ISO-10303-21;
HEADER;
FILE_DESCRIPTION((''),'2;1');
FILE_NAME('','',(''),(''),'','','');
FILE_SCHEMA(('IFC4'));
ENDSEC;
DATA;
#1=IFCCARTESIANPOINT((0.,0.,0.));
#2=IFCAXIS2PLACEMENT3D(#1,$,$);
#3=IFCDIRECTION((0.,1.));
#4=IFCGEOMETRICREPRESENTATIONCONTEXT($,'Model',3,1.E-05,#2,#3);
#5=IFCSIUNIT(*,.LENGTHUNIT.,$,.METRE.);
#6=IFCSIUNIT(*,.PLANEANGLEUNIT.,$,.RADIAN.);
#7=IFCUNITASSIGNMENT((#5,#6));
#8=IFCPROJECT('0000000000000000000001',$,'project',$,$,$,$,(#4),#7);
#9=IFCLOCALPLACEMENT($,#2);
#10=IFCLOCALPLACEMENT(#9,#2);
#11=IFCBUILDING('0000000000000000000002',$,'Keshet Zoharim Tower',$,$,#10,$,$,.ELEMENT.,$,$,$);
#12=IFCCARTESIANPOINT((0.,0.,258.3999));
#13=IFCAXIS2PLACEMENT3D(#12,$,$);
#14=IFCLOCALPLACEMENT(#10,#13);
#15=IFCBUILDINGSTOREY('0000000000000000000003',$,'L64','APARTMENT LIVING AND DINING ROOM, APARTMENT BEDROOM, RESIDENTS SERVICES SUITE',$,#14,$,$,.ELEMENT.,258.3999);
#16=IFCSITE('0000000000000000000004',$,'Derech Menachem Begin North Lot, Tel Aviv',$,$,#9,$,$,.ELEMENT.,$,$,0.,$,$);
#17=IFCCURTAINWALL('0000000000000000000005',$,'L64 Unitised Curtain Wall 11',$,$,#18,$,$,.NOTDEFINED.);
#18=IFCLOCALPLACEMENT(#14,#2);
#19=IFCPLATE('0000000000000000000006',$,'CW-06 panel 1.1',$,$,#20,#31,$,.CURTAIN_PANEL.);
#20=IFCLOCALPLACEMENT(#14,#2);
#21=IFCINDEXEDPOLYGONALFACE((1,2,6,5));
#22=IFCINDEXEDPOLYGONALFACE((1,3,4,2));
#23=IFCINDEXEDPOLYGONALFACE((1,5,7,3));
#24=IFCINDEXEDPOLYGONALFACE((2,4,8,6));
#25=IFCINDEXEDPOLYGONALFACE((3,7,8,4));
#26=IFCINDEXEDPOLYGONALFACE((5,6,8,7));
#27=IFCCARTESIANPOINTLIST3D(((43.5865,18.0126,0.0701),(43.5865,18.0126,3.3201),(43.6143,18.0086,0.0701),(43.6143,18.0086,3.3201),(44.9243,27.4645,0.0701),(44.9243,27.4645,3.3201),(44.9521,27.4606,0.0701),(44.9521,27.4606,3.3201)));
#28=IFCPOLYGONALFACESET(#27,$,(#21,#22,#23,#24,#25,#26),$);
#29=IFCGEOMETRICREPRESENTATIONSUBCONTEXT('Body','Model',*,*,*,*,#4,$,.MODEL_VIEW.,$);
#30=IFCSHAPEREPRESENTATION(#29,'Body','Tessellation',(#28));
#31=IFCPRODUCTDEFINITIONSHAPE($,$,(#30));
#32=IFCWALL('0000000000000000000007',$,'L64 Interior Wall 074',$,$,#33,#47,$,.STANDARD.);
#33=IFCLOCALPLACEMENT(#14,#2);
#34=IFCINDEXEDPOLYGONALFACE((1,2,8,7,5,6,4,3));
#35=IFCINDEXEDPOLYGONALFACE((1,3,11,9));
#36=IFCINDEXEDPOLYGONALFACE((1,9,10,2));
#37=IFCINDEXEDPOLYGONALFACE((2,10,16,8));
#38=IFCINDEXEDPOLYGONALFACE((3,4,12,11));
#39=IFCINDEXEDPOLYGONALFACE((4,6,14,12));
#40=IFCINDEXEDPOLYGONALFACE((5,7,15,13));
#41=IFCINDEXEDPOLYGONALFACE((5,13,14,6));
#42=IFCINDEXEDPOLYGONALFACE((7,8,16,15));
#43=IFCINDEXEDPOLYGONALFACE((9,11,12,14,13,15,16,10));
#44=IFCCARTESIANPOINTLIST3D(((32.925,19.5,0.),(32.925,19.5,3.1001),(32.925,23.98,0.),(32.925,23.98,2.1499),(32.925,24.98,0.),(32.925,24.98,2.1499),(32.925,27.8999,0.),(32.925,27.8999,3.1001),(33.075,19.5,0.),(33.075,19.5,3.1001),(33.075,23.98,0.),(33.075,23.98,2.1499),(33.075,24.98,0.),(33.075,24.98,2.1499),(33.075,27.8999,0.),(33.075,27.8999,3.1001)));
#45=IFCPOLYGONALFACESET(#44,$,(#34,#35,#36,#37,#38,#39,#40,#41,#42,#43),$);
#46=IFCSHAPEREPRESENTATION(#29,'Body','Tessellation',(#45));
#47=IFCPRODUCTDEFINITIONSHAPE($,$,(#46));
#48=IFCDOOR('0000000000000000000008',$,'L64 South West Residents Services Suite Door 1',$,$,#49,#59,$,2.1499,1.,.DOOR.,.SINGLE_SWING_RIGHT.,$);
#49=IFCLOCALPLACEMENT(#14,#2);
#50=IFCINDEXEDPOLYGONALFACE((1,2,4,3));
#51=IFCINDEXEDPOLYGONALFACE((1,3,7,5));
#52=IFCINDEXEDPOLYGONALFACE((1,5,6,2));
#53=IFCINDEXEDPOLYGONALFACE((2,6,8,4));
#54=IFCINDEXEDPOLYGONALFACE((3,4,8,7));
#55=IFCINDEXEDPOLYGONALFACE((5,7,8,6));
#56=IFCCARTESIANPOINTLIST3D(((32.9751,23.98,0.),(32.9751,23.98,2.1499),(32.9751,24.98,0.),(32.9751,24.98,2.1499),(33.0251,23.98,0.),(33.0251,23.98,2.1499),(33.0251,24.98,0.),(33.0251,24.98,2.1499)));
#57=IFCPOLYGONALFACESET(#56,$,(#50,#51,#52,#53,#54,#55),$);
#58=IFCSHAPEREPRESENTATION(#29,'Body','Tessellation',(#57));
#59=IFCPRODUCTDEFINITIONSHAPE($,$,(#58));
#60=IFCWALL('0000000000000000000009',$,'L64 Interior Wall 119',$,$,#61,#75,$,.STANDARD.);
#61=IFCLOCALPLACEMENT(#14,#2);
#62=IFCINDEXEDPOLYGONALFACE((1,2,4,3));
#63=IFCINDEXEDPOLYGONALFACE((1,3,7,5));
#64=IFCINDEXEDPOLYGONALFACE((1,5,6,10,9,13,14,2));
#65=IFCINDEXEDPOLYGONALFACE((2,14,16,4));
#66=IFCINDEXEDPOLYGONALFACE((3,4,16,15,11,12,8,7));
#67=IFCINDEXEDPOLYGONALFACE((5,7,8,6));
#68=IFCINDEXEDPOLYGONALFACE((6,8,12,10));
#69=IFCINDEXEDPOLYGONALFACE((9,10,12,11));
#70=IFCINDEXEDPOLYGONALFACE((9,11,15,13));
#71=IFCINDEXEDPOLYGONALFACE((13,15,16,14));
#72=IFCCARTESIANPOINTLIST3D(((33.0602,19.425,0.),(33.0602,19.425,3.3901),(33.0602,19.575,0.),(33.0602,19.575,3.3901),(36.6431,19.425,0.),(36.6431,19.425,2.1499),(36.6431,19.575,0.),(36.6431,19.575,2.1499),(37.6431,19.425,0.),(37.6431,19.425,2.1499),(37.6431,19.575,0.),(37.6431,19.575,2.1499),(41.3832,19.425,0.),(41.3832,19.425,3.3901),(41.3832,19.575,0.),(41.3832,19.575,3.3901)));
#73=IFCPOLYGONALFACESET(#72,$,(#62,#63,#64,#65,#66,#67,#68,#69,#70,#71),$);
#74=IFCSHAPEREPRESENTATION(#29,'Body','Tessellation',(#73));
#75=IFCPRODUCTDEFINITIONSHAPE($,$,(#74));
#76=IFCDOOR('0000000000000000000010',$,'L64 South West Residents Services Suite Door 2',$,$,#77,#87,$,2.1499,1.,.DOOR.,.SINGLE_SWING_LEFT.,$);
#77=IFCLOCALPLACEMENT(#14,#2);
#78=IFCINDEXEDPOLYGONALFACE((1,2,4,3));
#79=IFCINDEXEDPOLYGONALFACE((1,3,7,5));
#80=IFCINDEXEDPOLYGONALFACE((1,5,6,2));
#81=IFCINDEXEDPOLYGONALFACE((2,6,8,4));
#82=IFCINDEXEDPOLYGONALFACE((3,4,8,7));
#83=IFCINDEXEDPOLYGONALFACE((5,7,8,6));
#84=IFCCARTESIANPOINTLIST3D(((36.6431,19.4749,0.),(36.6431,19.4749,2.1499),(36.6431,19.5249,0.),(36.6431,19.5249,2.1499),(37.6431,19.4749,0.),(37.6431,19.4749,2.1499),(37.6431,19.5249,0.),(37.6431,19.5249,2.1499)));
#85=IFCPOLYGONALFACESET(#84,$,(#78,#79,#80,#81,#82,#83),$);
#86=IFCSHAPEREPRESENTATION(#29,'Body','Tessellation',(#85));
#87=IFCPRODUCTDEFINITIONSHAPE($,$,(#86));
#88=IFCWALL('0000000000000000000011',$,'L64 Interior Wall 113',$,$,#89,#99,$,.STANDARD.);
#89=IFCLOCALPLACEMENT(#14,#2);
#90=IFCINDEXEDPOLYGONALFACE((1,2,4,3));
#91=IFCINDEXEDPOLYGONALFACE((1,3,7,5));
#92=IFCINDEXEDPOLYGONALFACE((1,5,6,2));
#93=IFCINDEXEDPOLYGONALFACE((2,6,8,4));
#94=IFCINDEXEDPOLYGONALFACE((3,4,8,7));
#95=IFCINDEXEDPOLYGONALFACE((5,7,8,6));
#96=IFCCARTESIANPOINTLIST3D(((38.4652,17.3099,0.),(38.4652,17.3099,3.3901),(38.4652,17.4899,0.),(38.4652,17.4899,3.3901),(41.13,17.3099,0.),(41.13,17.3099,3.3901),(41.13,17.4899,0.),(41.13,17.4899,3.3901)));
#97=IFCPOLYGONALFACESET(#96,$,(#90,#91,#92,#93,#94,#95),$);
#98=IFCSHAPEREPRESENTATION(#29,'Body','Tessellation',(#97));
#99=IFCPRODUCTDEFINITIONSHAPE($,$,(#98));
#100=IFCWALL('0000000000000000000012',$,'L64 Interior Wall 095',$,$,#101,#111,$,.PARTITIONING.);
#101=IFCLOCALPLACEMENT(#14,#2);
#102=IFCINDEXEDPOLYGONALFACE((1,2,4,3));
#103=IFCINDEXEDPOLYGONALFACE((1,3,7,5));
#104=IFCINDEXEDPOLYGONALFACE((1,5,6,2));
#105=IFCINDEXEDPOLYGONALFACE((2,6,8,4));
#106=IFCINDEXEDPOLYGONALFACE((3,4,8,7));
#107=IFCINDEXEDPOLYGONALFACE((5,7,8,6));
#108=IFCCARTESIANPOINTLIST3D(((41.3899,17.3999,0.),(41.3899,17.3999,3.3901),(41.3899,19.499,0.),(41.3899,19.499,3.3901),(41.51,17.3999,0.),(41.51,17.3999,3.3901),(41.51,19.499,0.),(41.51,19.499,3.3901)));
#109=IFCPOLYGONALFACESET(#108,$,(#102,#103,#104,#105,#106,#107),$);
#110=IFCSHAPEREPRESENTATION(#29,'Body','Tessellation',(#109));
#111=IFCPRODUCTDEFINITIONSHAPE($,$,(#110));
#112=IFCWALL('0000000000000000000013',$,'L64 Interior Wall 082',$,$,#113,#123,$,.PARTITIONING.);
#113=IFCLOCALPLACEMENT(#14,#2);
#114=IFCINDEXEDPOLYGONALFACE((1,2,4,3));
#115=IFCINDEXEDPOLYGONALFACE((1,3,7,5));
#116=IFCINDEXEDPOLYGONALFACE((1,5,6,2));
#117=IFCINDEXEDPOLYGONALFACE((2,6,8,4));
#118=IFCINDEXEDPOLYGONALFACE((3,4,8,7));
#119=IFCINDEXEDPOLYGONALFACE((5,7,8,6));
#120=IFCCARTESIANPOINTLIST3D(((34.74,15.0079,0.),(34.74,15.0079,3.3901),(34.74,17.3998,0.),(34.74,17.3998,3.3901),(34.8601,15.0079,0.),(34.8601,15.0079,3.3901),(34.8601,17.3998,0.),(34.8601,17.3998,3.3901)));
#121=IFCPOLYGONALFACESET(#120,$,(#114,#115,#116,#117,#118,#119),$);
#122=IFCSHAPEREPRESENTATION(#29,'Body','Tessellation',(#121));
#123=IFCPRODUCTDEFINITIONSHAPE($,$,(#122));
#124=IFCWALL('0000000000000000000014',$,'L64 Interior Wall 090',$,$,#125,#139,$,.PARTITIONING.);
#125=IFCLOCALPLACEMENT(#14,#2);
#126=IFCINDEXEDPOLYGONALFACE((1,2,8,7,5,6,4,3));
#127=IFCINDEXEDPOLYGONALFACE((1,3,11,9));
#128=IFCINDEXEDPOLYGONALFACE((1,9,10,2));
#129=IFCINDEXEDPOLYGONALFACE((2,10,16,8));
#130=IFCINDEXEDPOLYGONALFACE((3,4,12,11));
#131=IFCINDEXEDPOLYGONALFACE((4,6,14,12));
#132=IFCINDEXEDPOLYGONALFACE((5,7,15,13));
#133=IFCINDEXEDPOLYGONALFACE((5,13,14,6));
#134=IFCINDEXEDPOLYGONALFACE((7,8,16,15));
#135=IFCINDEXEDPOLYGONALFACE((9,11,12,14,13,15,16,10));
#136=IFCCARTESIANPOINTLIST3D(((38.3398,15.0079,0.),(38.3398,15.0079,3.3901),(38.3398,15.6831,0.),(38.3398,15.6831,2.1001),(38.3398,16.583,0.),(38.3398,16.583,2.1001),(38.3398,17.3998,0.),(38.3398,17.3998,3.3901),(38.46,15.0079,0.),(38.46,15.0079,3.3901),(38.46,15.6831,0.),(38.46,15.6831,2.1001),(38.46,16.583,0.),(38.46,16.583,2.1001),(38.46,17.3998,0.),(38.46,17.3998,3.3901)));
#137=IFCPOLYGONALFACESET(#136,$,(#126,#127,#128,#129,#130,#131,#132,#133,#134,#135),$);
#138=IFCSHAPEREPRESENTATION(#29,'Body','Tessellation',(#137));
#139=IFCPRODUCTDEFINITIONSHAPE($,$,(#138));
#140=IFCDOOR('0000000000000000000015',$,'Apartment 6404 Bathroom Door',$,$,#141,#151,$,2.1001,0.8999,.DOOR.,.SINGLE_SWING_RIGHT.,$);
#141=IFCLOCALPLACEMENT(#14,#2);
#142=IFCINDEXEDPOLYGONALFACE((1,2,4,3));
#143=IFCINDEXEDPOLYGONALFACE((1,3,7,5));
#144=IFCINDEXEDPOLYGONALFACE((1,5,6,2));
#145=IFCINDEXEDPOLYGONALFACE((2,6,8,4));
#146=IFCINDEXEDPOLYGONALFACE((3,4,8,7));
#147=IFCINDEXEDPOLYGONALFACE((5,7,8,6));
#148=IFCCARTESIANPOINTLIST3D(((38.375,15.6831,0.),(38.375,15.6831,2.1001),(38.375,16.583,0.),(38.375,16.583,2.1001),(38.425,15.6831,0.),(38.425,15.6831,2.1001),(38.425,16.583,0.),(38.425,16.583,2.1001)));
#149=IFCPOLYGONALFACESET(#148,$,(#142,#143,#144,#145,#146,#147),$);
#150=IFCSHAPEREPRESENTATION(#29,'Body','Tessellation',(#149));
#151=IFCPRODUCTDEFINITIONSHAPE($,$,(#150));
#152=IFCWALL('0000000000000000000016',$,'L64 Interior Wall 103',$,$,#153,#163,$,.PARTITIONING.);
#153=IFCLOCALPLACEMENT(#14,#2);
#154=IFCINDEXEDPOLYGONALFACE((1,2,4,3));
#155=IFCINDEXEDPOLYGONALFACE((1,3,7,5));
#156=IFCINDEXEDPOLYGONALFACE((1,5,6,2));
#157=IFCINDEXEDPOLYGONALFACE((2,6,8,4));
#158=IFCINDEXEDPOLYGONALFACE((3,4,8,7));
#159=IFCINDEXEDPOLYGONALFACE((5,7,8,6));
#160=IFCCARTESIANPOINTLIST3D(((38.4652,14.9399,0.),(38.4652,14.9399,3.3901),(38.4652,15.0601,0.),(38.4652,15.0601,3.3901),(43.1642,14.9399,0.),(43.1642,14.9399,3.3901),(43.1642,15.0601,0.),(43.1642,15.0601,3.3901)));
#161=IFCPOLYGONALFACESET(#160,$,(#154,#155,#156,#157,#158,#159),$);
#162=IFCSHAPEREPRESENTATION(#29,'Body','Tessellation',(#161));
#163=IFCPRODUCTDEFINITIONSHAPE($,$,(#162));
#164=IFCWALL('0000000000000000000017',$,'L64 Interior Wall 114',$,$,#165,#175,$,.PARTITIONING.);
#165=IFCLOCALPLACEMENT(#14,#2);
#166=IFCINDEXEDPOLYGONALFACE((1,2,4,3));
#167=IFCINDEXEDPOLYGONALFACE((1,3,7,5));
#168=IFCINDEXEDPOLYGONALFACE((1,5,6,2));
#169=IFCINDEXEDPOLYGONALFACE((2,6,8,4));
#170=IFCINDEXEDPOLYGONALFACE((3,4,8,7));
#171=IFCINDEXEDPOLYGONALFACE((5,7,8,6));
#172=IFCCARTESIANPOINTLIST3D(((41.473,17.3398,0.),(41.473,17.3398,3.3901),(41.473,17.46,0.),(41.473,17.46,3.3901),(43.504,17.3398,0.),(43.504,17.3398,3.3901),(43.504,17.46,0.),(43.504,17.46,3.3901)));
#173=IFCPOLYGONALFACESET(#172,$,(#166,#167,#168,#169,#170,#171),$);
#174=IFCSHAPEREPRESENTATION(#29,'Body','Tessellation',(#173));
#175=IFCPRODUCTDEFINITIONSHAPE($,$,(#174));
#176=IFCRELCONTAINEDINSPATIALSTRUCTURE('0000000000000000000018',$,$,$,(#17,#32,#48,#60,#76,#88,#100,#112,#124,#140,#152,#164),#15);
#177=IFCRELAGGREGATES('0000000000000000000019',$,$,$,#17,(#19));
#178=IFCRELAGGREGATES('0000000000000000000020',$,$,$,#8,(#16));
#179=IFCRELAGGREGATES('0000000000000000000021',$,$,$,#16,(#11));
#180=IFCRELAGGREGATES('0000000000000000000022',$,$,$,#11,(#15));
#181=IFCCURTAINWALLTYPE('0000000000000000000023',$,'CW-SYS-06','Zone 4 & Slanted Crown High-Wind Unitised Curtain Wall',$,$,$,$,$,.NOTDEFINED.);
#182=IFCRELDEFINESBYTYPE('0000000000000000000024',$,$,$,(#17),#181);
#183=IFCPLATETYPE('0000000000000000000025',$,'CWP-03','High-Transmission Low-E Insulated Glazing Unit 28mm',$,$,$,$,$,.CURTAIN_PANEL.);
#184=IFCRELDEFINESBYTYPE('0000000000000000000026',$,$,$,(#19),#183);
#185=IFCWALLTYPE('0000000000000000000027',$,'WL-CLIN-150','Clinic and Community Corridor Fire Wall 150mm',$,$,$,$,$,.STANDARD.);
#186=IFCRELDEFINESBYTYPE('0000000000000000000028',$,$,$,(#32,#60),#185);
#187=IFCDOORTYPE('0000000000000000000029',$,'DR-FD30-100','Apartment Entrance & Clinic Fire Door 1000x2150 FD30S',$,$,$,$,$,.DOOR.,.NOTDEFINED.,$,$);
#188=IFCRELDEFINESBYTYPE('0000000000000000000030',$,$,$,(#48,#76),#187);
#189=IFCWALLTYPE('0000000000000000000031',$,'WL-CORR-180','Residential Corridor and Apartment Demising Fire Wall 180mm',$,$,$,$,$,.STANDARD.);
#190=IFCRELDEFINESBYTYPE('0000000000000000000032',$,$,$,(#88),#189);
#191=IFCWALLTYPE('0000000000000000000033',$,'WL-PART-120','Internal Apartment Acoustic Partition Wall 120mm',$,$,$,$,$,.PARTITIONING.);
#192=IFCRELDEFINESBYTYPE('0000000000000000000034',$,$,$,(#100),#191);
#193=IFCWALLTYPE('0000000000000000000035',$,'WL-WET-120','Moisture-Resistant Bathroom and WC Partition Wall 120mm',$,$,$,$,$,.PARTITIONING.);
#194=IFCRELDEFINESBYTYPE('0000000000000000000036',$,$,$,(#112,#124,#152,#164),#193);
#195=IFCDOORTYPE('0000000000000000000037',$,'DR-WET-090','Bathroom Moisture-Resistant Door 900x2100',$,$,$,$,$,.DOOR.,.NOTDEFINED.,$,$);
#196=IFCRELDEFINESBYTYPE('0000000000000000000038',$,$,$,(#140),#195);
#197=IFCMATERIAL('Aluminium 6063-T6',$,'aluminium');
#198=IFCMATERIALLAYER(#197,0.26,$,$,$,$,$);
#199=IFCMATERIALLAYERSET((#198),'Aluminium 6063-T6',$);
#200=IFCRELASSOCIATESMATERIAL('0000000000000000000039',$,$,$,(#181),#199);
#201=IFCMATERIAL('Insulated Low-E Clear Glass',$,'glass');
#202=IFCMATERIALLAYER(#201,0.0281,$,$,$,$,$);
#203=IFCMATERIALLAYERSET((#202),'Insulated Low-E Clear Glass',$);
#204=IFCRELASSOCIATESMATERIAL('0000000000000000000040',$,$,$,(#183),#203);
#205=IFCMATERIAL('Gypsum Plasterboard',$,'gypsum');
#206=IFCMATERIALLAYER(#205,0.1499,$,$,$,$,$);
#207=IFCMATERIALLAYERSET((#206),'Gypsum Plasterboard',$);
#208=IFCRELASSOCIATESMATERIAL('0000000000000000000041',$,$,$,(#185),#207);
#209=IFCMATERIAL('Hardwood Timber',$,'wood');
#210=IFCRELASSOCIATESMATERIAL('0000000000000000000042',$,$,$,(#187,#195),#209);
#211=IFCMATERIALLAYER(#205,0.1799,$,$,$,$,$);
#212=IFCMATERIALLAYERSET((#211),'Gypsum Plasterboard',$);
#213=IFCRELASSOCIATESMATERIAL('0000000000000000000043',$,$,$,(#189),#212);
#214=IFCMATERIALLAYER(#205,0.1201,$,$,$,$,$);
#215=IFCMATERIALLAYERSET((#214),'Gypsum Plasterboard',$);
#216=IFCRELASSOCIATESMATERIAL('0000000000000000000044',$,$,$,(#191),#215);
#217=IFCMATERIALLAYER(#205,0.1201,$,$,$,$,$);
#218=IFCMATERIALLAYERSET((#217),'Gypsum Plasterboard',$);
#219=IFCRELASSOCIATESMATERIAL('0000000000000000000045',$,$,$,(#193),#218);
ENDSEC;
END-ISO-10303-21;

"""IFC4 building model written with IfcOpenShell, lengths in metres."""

from ifc_helpers import new_model, si_unit, direction, frame, frame_2d, origin, origin_2d, place, context, subcontext, project, spatial, rectangle, extrude, material, layer, layer_set, type_object, element, fill, aggregate, save


model = new_model("IFC4")

# Units and contexts
model_context = context("Model", 3, precision=1e-05, world=origin(), true_north=direction((0.0, 1.0)))
body_context = subcontext(model_context, "Body", "Model", "MODEL_VIEW")
ifc_project = project(units=[si_unit("LENGTHUNIT", "METRE"), si_unit("PLANEANGLEUNIT", "RADIAN")], contexts=[model_context])

# Site, building, storey
site_placement = place(None, origin())
site = spatial("IfcSite", under=ifc_project, at=site_placement, Name="Derech Menachem Begin North Lot, Tel Aviv", CompositionType="ELEMENT", RefElevation=0.0)
building_placement = place(site_placement, origin())
building = spatial("IfcBuilding", under=site, at=building_placement, Name="Keshet Zoharim Tower", CompositionType="ELEMENT")
storey_placement = place(building_placement, frame((0.0, 0.0, 258.3999)))
storey = spatial("IfcBuildingStorey", under=building, at=storey_placement, Name="L64", Description="APARTMENT LIVING AND DINING ROOM, APARTMENT BEDROOM, RESIDENTS SERVICES SUITE", CompositionType="ELEMENT", Elevation=258.3999)

# Shared definitions
ifc_material_1 = material(Name="Aluminium 6063-T6", Category="aluminium")
ifc_layer_1 = layer(ifc_material_1, 0.26)
ifc_layer_set_1 = layer_set([ifc_layer_1], Name="Aluminium 6063-T6")
curtain_wall_type = type_object("IfcCurtainWallType", Name="CW-SYS-06", Description="Zone 4 & Slanted Crown High-Wind Unitised Curtain Wall", PredefinedType="NOTDEFINED", material=ifc_layer_set_1)

# Curtain wall
curtain_wall_1_placement = place(storey_placement, origin())
curtain_wall_1 = element("IfcCurtainWall", 1, at=curtain_wall_1_placement, inside=storey, type_object=curtain_wall_type, Name="L64 Unitised Curtain Wall 11", PredefinedType="NOTDEFINED")

# Plate
ifc_material_2 = material(Name="Insulated Low-E Clear Glass", Category="glass")
ifc_layer_2 = layer(ifc_material_2, 0.0281)
ifc_layer_set_2 = layer_set([ifc_layer_2], Name="Insulated Low-E Clear Glass")
plate_type = type_object("IfcPlateType", Name="CWP-03", Description="High-Transmission Low-E Insulated Glazing Unit 28mm", PredefinedType="CURTAIN_PANEL", material=ifc_layer_set_2)
plate_1_placement = place(storey_placement, frame((44.2693, 22.7366, 0.0701), z_axis=(0.0, 0.0, 1.0), x_axis=(-0.140137, -0.990132, 0.0)))
plate_1 = element("IfcPlate", 2, at=plate_1_placement, type_object=plate_type, Name="CW-06 panel 1.1", PredefinedType="CURTAIN_PANEL", context=body_context, shape_type="SweptSolid", body=[
    extrude(rectangle(XDim=9.5461, YDim=0.0281, at=origin_2d()), origin(), (0.0, 0.0, 1.0), 3.25),
])
aggregate(curtain_wall_1, [plate_1])

# Walls, openings, doors
ifc_material_3 = material(Name="Gypsum Plasterboard", Category="gypsum")
ifc_layer_3 = layer(ifc_material_3, 0.1499)
ifc_layer_set_3 = layer_set([ifc_layer_3], Name="Gypsum Plasterboard")
wall_type_1 = type_object("IfcWallType", Name="WL-CLIN-150", Description="Clinic and Community Corridor Fire Wall 150mm", PredefinedType="STANDARD", material=ifc_layer_set_3)
wall_1_placement = place(storey_placement, frame((33.0, 19.5, 0.0), z_axis=(0.0, 0.0, 1.0), x_axis=(0.0, 1.0, 0.0)))
wall_1 = element("IfcWall", 3, at=wall_1_placement, inside=storey, type_object=wall_type_1, Name="L64 Interior Wall 074", PredefinedType="STANDARD", context=body_context, shape_type="SweptSolid", body=[
    extrude(rectangle(XDim=8.3999, YDim=0.1499, at=frame_2d((4.2, 0.0))), origin(), (0.0, 0.0, 1.0), 3.1001),
])
opening_1_placement = place(wall_1_placement, frame((4.48, 0.0, 0.0)))
opening_1 = element("IfcOpeningElement", 4, at=opening_1_placement, cuts=wall_1, PredefinedType="OPENING", context=body_context, shape_type="SweptSolid", body=[
    extrude(rectangle(XDim=1.0, YDim=2.1499, at=frame_2d((0.5, 1.075))), frame((0.0, 0.085, 0.0), z_axis=(0.0, -1.0, 0.0), x_axis=(1.0, 0.0, 0.0)), (0.0, 0.0, 1.0), 0.1699),
])
ifc_material_4 = material(Name="Hardwood Timber", Category="wood")
door_type_1 = type_object("IfcDoorType", Name="DR-FD30-100", Description="Apartment Entrance & Clinic Fire Door 1000x2150 FD30S", OperationType="NOTDEFINED", PredefinedType="DOOR", material=ifc_material_4)
door_1_placement = place(opening_1_placement, origin())
door_1 = element("IfcDoor", 5, at=door_1_placement, inside=storey, type_object=door_type_1, Name="L64 South West Residents Services Suite Door 1", OperationType="SINGLE_SWING_RIGHT", OverallHeight=2.1499, OverallWidth=1.0, PredefinedType="DOOR", context=body_context, shape_type="SweptSolid", body=[
    extrude(rectangle(XDim=1.0, YDim=2.1499, at=frame_2d((0.5, 1.075))), frame((0.0, 0.0249, 0.0), z_axis=(0.0, -1.0, 0.0), x_axis=(1.0, 0.0, 0.0)), (0.0, 0.0, 1.0), 0.05),
])
fill(opening_1, door_1)
wall_2_placement = place(storey_placement, frame((33.0601, 19.5, 0.0), z_axis=(0.0, 0.0, 1.0), x_axis=(1.0, 0.0, 0.0)))
wall_2 = element("IfcWall", 6, at=wall_2_placement, inside=storey, type_object=wall_type_1, Name="L64 Interior Wall 119", PredefinedType="STANDARD", context=body_context, shape_type="SweptSolid", body=[
    extrude(rectangle(XDim=8.323, YDim=0.1499, at=frame_2d((4.1616, 0.0))), origin(), (0.0, 0.0, 1.0), 3.3901),
])
opening_2_placement = place(wall_2_placement, frame((3.583, 0.0, 0.0)))
opening_2 = element("IfcOpeningElement", 7, at=opening_2_placement, cuts=wall_2, PredefinedType="OPENING", context=body_context, shape_type="SweptSolid", body=[
    extrude(rectangle(XDim=1.0, YDim=2.1499, at=frame_2d((0.5, 1.075))), frame((0.0, 0.085, 0.0), z_axis=(0.0, -1.0, 0.0), x_axis=(1.0, 0.0, 0.0)), (0.0, 0.0, 1.0), 0.1699),
])
door_2_placement = place(opening_2_placement, origin())
door_2 = element("IfcDoor", 8, at=door_2_placement, inside=storey, type_object=door_type_1, Name="L64 South West Residents Services Suite Door 2", OperationType="SINGLE_SWING_LEFT", OverallHeight=2.1499, OverallWidth=1.0, PredefinedType="DOOR", context=body_context, shape_type="SweptSolid", body=[
    extrude(rectangle(XDim=1.0, YDim=2.1499, at=frame_2d((0.5, 1.075))), frame((0.0, 0.0249, 0.0), z_axis=(0.0, -1.0, 0.0), x_axis=(1.0, 0.0, 0.0)), (0.0, 0.0, 1.0), 0.05),
])
fill(opening_2, door_2)
ifc_layer_4 = layer(ifc_material_3, 0.1799)
ifc_layer_set_4 = layer_set([ifc_layer_4], Name="Gypsum Plasterboard")
wall_type_2 = type_object("IfcWallType", Name="WL-CORR-180", Description="Residential Corridor and Apartment Demising Fire Wall 180mm", PredefinedType="STANDARD", material=ifc_layer_set_4)

# Walls
wall_3_placement = place(storey_placement, frame((38.4651, 17.3999, 0.0), z_axis=(0.0, 0.0, 1.0), x_axis=(1.0, 0.0, 0.0)))
element("IfcWall", 9, at=wall_3_placement, inside=storey, type_object=wall_type_2, Name="L64 Interior Wall 113", PredefinedType="STANDARD", context=body_context, shape_type="SweptSolid", body=[
    extrude(rectangle(XDim=2.6648, YDim=0.1799, at=frame_2d((1.3325, 0.0))), origin(), (0.0, 0.0, 1.0), 3.3901),
])
ifc_layer_5 = layer(ifc_material_3, 0.1201)
ifc_layer_set_5 = layer_set([ifc_layer_5], Name="Gypsum Plasterboard")
wall_type_3 = type_object("IfcWallType", Name="WL-PART-120", Description="Internal Apartment Acoustic Partition Wall 120mm", PredefinedType="PARTITIONING", material=ifc_layer_set_5)
wall_4_placement = place(storey_placement, frame((41.45, 17.3999, 0.0), z_axis=(0.0, 0.0, 1.0), x_axis=(0.0, 1.0, 0.0)))
element("IfcWall", 10, at=wall_4_placement, inside=storey, type_object=wall_type_3, Name="L64 Interior Wall 095", PredefinedType="PARTITIONING", context=body_context, shape_type="SweptSolid", body=[
    extrude(rectangle(XDim=2.0991, YDim=0.1201, at=frame_2d((1.0496, 0.0))), origin(), (0.0, 0.0, 1.0), 3.3901),
])
ifc_layer_6 = layer(ifc_material_3, 0.1201)
ifc_layer_set_6 = layer_set([ifc_layer_6], Name="Gypsum Plasterboard")
wall_type_4 = type_object("IfcWallType", Name="WL-WET-120", Description="Moisture-Resistant Bathroom and WC Partition Wall 120mm", PredefinedType="PARTITIONING", material=ifc_layer_set_6)
wall_5_placement = place(storey_placement, frame((34.8, 15.0081, 0.0), z_axis=(0.0, 0.0, 1.0), x_axis=(0.0, 1.0, 0.0)))
element("IfcWall", 11, at=wall_5_placement, inside=storey, type_object=wall_type_4, Name="L64 Interior Wall 082", PredefinedType="PARTITIONING", context=body_context, shape_type="SweptSolid", body=[
    extrude(rectangle(XDim=2.3918, YDim=0.1201, at=frame_2d((1.1958, 0.0))), origin(), (0.0, 0.0, 1.0), 3.3901),
])

# Wall, opening, door
wall_6_placement = place(storey_placement, frame((38.3999, 15.0081, 0.0), z_axis=(0.0, 0.0, 1.0), x_axis=(0.0, 1.0, 0.0)))
wall_6 = element("IfcWall", 12, at=wall_6_placement, inside=storey, type_object=wall_type_4, Name="L64 Interior Wall 090", PredefinedType="PARTITIONING", context=body_context, shape_type="SweptSolid", body=[
    extrude(rectangle(XDim=2.3918, YDim=0.1201, at=frame_2d((1.1958, 0.0))), origin(), (0.0, 0.0, 1.0), 3.3901),
])
opening_3_placement = place(wall_6_placement, frame((0.675, 0.0, 0.0)))
opening_3 = element("IfcOpeningElement", 13, at=opening_3_placement, cuts=wall_6, PredefinedType="OPENING", context=body_context, shape_type="SweptSolid", body=[
    extrude(rectangle(XDim=0.8999, YDim=2.1001, at=frame_2d((0.45, 1.05))), frame((0.0, 0.0701, 0.0), z_axis=(0.0, -1.0, 0.0), x_axis=(1.0, 0.0, 0.0)), (0.0, 0.0, 1.0), 0.1401),
])
door_type_2 = type_object("IfcDoorType", Name="DR-WET-090", Description="Bathroom Moisture-Resistant Door 900x2100", OperationType="NOTDEFINED", PredefinedType="DOOR", material=ifc_material_4)
door_3_placement = place(opening_3_placement, origin())
door_3 = element("IfcDoor", 14, at=door_3_placement, inside=storey, type_object=door_type_2, Name="Apartment 6404 Bathroom Door", OperationType="SINGLE_SWING_RIGHT", OverallHeight=2.1001, OverallWidth=0.8999, PredefinedType="DOOR", context=body_context, shape_type="SweptSolid", body=[
    extrude(rectangle(XDim=0.8999, YDim=2.1001, at=frame_2d((0.45, 1.05))), frame((0.0, 0.0249, 0.0), z_axis=(0.0, -1.0, 0.0), x_axis=(1.0, 0.0, 0.0)), (0.0, 0.0, 1.0), 0.05),
])
fill(opening_3, door_3)

# Walls
wall_7_placement = place(storey_placement, frame((38.4651, 15.0, 0.0), z_axis=(0.0, 0.0, 1.0), x_axis=(1.0, 0.0, 0.0)))
element("IfcWall", 15, at=wall_7_placement, inside=storey, type_object=wall_type_4, Name="L64 Interior Wall 103", PredefinedType="PARTITIONING", context=body_context, shape_type="SweptSolid", body=[
    extrude(rectangle(XDim=4.699, YDim=0.1201, at=frame_2d((2.3496, 0.0))), origin(), (0.0, 0.0, 1.0), 3.3901),
])
wall_8_placement = place(storey_placement, frame((41.4729, 17.3999, 0.0), z_axis=(0.0, 0.0, 1.0), x_axis=(1.0, 0.0, 0.0)))
element("IfcWall", 16, at=wall_8_placement, inside=storey, type_object=wall_type_4, Name="L64 Interior Wall 114", PredefinedType="PARTITIONING", context=body_context, shape_type="SweptSolid", body=[
    extrude(rectangle(XDim=2.031, YDim=0.1201, at=frame_2d((1.0156, 0.0))), origin(), (0.0, 0.0, 1.0), 3.3901),
])

save(model, "model.ifc")
